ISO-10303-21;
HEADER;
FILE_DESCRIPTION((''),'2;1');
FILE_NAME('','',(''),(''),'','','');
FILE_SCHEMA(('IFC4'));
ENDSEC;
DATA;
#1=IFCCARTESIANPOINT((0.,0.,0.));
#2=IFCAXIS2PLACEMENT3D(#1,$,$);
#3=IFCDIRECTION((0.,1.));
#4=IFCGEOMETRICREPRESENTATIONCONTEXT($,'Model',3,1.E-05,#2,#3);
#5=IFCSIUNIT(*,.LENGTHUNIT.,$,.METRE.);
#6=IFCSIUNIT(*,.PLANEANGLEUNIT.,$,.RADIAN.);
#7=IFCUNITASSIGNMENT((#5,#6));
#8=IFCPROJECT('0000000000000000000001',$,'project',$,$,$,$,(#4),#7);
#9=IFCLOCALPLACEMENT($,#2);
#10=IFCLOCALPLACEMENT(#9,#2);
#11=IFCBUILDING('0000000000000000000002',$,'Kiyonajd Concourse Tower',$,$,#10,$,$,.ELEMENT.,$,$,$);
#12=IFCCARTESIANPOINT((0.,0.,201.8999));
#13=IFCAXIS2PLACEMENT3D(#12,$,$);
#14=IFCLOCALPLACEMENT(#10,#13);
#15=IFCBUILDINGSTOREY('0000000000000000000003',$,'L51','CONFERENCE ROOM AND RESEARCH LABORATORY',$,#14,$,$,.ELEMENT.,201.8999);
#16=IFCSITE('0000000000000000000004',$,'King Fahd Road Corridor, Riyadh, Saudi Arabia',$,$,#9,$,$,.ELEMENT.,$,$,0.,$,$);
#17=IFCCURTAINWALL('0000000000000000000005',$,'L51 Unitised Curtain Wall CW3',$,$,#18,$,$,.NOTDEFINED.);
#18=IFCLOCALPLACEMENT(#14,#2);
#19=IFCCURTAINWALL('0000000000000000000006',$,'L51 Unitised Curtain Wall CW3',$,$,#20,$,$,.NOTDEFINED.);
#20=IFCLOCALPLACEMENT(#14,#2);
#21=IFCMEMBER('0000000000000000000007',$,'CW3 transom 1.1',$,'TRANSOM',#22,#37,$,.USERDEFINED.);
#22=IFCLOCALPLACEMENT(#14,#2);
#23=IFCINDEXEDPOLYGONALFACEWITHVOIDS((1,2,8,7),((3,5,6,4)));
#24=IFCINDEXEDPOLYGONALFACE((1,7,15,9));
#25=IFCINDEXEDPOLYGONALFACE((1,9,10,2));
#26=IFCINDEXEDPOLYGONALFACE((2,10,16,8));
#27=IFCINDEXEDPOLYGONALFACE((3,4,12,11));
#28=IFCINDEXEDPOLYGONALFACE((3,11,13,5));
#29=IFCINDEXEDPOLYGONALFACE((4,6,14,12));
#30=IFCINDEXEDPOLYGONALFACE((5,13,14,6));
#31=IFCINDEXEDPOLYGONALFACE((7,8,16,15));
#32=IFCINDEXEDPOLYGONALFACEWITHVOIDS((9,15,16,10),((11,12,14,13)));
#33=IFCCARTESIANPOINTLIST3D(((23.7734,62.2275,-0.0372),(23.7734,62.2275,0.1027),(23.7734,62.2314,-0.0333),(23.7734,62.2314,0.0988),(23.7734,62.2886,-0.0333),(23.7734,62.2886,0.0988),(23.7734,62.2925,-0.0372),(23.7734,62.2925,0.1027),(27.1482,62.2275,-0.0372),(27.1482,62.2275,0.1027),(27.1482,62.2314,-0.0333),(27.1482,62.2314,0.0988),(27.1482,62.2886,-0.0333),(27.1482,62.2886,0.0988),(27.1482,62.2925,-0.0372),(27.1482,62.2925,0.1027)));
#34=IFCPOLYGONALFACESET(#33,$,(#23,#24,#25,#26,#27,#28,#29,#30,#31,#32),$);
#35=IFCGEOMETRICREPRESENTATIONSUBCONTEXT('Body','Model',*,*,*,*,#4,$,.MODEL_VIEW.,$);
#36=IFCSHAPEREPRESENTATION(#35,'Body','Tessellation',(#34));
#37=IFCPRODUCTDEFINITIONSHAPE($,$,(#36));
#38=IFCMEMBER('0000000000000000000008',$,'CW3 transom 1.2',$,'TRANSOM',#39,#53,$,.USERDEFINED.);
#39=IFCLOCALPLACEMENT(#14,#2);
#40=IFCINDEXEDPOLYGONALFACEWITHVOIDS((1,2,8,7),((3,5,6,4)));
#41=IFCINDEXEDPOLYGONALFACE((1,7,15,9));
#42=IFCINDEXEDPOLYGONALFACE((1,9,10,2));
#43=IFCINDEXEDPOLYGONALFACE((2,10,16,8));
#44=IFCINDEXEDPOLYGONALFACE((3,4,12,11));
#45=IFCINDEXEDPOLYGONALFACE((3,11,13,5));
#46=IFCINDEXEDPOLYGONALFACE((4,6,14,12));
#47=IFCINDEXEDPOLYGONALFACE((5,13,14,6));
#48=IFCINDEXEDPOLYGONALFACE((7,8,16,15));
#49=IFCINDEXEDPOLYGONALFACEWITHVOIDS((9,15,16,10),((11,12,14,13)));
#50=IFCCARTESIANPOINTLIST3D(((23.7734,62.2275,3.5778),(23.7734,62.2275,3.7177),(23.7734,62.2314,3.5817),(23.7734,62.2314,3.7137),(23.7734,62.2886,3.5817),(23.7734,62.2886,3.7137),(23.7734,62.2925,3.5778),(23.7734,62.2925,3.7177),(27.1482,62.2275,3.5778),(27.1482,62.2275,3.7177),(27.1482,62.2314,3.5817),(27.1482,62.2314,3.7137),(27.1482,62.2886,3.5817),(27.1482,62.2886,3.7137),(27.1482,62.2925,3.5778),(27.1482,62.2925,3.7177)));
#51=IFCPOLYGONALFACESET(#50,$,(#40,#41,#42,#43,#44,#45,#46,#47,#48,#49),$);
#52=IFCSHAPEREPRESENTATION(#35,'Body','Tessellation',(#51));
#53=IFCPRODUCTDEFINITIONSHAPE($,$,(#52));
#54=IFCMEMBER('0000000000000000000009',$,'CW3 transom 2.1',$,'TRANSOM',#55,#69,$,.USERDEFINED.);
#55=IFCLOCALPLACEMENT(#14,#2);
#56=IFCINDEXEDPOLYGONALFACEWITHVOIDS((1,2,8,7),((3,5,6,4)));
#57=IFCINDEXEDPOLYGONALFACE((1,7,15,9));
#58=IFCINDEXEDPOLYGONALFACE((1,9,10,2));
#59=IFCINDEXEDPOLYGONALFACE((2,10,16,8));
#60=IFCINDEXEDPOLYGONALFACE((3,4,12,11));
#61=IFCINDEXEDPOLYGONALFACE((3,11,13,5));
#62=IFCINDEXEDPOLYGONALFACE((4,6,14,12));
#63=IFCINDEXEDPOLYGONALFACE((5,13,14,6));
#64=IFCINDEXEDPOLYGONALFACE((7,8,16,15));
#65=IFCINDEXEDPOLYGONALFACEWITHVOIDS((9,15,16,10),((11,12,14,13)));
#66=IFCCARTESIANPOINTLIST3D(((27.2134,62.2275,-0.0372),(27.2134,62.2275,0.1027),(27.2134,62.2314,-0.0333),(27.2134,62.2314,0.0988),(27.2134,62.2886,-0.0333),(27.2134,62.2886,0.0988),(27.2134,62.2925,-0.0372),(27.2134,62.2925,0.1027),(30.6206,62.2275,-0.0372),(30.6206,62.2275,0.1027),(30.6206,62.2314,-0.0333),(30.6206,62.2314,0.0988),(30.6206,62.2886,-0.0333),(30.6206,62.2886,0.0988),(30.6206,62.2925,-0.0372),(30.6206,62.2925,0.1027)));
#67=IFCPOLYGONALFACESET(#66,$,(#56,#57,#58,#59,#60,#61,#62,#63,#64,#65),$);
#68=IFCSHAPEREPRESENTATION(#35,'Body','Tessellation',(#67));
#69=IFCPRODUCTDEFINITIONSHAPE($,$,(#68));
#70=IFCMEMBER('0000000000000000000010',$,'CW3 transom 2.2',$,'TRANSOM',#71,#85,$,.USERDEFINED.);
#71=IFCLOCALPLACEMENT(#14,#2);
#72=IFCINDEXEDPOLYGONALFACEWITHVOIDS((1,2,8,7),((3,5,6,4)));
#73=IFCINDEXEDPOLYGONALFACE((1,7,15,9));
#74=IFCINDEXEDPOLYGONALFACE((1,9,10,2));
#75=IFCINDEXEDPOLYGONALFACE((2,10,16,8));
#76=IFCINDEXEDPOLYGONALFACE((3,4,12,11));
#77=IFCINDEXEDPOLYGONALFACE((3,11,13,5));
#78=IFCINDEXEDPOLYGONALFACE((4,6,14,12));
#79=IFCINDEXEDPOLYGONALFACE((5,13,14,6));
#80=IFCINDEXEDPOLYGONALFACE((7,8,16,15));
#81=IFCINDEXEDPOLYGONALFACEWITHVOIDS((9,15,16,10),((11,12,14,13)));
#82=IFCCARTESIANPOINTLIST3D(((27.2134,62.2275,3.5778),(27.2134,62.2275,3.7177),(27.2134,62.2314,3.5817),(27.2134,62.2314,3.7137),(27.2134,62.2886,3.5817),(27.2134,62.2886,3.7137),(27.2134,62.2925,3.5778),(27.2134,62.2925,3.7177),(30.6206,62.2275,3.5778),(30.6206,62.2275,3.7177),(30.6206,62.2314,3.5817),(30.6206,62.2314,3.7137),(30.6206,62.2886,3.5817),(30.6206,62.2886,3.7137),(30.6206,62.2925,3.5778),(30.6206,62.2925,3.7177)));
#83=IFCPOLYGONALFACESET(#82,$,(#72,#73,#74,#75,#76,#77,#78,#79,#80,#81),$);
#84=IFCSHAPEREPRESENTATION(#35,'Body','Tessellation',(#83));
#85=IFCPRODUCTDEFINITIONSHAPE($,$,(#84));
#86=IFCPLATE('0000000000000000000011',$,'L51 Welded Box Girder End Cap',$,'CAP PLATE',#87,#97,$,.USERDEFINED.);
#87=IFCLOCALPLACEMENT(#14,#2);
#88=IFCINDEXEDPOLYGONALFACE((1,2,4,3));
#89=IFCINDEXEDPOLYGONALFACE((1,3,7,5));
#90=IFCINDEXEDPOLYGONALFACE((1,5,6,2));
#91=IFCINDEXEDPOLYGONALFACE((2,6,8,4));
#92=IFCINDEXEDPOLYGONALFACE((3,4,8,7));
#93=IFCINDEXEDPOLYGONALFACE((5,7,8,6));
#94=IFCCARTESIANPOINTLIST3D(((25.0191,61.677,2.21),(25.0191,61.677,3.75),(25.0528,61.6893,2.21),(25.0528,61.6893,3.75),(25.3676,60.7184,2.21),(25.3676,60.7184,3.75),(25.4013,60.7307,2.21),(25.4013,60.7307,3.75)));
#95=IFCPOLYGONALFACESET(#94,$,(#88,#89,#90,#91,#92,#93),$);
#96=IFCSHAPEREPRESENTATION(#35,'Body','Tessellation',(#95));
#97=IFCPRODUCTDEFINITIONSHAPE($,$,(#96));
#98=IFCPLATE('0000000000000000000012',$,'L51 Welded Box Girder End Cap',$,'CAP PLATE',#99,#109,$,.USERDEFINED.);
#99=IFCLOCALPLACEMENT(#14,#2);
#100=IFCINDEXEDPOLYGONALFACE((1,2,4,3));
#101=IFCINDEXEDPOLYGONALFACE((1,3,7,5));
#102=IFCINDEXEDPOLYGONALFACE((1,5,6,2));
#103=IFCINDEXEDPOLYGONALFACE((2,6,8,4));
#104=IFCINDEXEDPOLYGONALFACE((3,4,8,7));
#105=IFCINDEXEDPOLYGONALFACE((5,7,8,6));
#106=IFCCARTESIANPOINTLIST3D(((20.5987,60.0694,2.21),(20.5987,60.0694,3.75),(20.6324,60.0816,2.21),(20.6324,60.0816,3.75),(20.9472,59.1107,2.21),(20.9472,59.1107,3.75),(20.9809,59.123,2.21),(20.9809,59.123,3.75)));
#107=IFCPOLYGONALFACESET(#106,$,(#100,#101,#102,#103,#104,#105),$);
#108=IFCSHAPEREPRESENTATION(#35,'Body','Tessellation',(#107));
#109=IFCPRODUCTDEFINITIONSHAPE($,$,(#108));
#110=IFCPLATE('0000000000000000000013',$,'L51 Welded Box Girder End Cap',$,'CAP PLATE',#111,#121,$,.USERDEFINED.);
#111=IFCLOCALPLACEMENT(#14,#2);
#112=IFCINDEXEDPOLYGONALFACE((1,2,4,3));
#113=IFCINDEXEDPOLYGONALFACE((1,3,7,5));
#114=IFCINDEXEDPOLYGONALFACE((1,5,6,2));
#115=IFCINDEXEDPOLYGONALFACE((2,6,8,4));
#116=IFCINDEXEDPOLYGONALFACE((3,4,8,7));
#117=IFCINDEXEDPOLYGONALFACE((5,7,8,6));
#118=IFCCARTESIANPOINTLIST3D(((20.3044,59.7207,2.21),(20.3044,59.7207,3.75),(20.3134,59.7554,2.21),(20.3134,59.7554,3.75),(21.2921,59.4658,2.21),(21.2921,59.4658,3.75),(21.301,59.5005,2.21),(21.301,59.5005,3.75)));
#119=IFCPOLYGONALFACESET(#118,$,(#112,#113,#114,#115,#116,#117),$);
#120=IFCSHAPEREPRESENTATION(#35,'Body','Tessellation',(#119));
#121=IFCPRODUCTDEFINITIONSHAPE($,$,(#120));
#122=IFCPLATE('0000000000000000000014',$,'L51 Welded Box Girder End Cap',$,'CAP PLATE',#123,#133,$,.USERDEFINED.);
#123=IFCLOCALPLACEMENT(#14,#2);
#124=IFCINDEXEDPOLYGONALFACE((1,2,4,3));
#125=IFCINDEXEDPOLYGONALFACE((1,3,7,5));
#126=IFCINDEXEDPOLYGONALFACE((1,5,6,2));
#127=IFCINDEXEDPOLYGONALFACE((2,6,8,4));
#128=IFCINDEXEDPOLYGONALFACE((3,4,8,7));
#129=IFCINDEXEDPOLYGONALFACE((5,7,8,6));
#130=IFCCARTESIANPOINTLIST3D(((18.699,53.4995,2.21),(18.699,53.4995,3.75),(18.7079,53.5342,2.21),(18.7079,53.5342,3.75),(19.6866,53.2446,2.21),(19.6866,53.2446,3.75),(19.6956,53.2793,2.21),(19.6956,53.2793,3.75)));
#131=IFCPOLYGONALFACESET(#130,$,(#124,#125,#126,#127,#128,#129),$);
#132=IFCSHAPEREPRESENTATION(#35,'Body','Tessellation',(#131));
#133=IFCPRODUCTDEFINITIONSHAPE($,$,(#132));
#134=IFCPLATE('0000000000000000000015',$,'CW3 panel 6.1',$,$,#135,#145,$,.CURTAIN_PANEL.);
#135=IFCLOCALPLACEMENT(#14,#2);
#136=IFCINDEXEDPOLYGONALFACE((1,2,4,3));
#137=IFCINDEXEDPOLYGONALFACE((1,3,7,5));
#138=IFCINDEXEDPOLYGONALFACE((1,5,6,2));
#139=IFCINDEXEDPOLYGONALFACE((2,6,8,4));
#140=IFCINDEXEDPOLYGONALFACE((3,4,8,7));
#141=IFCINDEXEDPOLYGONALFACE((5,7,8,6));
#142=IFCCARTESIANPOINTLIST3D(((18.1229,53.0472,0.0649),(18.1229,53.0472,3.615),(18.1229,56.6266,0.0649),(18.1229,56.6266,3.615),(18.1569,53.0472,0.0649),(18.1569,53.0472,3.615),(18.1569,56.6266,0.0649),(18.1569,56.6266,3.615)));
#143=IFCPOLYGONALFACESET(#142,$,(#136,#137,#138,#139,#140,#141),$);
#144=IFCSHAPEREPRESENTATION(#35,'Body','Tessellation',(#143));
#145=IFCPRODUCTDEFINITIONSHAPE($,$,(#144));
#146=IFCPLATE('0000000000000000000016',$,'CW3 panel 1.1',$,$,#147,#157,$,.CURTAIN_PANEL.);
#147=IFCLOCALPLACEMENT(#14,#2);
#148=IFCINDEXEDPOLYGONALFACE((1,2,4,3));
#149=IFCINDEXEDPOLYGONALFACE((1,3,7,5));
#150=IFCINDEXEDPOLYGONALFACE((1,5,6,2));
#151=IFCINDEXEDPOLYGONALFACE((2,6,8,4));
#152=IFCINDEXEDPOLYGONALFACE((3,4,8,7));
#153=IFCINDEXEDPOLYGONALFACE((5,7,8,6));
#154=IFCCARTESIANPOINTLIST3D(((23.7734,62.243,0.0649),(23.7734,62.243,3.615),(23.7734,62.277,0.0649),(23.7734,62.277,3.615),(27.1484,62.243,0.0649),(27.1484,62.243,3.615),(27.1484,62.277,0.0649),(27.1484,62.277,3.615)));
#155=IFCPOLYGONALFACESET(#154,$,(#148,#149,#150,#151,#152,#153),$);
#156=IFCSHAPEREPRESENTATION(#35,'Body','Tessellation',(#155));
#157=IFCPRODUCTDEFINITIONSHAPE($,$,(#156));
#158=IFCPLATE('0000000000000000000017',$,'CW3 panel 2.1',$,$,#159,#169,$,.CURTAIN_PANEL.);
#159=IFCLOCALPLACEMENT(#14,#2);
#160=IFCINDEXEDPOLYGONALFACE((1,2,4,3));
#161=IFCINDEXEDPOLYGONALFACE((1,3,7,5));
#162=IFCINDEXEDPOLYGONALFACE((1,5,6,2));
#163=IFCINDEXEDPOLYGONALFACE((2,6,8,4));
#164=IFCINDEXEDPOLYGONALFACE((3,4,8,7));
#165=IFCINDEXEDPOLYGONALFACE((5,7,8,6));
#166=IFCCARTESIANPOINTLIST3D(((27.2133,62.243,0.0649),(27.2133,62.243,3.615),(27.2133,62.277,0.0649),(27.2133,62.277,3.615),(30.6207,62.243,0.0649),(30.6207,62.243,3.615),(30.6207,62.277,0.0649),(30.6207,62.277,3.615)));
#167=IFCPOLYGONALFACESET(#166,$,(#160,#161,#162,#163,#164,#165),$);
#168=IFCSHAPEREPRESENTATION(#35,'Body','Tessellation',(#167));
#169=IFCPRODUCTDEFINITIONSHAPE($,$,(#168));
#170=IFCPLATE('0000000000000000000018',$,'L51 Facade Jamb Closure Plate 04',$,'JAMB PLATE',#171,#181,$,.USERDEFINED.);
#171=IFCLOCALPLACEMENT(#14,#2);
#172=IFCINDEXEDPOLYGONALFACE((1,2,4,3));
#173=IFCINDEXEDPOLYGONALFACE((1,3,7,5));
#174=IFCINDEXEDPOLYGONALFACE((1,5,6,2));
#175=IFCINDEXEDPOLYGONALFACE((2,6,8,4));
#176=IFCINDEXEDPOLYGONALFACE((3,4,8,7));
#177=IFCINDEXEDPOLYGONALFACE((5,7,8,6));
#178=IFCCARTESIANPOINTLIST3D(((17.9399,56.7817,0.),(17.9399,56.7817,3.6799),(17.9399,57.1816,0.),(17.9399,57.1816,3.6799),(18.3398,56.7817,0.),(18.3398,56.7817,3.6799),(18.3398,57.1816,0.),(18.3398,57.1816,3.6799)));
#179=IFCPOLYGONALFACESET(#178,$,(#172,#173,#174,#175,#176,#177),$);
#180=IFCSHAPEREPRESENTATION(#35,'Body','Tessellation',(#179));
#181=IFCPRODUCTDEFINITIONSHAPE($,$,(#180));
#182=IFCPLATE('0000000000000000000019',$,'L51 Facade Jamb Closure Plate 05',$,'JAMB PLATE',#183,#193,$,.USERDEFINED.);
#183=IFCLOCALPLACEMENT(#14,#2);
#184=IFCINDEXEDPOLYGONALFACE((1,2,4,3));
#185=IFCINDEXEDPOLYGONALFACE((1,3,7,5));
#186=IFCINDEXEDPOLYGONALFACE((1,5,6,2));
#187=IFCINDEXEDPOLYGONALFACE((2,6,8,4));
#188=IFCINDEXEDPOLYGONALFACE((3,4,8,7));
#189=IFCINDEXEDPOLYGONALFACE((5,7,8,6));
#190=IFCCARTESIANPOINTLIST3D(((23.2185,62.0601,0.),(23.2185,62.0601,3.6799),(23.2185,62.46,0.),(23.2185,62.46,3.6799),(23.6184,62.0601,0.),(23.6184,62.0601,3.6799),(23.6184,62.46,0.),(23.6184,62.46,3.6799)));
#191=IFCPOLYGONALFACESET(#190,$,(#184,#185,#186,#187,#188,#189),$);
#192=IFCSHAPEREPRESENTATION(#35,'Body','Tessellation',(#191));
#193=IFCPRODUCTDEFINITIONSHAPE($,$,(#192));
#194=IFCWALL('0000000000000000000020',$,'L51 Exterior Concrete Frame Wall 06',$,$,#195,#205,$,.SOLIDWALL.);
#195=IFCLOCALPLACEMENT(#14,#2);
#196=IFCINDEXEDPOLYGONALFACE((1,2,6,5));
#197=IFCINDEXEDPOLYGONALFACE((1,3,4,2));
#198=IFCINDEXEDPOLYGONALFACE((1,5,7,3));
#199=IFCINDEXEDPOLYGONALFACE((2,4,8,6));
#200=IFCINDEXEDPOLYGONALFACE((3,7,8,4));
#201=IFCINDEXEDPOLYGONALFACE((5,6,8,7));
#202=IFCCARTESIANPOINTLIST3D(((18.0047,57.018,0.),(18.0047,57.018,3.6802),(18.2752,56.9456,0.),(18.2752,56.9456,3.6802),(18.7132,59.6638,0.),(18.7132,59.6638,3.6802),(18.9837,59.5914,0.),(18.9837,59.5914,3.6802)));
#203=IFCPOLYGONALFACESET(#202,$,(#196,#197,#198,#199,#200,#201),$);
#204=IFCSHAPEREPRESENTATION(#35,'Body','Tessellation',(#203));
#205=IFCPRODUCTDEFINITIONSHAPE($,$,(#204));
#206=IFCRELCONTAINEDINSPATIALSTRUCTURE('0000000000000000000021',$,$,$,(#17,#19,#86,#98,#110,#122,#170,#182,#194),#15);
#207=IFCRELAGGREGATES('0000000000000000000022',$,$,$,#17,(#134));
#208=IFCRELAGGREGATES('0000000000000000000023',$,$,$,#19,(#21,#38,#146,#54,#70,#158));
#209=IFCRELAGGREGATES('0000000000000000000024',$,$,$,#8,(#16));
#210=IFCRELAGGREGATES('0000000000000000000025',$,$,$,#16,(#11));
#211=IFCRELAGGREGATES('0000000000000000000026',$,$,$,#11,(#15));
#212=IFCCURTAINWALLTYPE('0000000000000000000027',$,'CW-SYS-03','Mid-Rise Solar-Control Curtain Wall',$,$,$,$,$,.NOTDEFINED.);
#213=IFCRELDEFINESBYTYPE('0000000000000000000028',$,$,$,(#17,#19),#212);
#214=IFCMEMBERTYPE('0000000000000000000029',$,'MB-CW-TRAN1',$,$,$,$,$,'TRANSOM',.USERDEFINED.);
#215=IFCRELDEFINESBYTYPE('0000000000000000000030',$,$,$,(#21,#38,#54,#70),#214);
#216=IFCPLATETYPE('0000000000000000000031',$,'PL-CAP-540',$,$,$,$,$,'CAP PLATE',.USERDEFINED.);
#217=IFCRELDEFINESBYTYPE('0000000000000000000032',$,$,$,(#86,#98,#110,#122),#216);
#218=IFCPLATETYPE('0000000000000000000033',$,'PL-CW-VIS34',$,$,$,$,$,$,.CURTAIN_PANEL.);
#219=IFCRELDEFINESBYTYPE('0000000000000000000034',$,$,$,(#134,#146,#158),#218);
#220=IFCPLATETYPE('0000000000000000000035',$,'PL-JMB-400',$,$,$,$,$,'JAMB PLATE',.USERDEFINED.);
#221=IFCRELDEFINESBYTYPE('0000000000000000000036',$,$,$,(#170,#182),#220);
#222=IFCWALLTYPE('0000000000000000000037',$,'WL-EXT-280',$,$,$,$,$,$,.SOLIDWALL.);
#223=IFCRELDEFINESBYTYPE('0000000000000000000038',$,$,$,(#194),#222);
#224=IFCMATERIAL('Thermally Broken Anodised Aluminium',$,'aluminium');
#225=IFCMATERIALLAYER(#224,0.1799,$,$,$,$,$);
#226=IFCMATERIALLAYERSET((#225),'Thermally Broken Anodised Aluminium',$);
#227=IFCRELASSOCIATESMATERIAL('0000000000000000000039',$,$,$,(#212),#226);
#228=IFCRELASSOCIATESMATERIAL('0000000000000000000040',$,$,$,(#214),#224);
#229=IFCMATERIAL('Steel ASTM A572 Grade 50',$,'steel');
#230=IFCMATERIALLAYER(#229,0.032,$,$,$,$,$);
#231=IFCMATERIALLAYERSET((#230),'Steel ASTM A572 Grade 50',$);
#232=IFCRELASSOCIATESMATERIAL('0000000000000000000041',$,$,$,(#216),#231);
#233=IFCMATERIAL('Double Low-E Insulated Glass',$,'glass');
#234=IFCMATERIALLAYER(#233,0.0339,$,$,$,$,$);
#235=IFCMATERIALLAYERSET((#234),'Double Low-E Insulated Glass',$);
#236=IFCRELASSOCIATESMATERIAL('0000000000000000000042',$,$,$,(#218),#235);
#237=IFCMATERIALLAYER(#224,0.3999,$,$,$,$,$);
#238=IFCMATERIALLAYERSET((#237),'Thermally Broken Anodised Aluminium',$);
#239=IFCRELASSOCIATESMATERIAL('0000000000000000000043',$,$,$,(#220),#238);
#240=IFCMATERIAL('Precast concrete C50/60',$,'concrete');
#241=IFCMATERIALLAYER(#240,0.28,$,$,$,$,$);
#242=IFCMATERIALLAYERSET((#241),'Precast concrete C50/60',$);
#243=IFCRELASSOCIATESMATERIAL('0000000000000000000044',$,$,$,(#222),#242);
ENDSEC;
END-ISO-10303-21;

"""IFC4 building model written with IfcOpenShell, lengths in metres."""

from ifc_helpers import new_model, si_unit, direction, frame, frame_2d, origin, origin_2d, place, context, subcontext, project, spatial, rectangle, hollow_rectangle, extrude, material, layer, layer_set, material_profile, profile_set, type_object, element, aggregate, save


model = new_model("IFC4")

# Units and contexts
model_context = context("Model", 3, precision=1e-05, world=origin(), true_north=direction((0.0, 1.0)))
body_context = subcontext(model_context, "Body", "Model", "MODEL_VIEW")
ifc_project = project(units=[si_unit("LENGTHUNIT", "METRE"), si_unit("PLANEANGLEUNIT", "RADIAN")], contexts=[model_context])

# Site, building, storey
site_placement = place(None, origin())
site = spatial("IfcSite", under=ifc_project, at=site_placement, Name="King Fahd Road Corridor, Riyadh, Saudi Arabia", CompositionType="ELEMENT", RefElevation=0.0)
building_placement = place(site_placement, origin())
building = spatial("IfcBuilding", under=site, at=building_placement, Name="Kiyonajd Concourse Tower", CompositionType="ELEMENT")
storey_placement = place(building_placement, frame((0.0, 0.0, 201.8999)))
storey = spatial("IfcBuildingStorey", under=building, at=storey_placement, Name="L51", Description="CONFERENCE ROOM AND RESEARCH LABORATORY", CompositionType="ELEMENT", Elevation=201.8999)

# Shared definitions
ifc_material_1 = material(Name="Steel ASTM A572 Grade 50", Category="steel")

# Curtain wall
ifc_material_2 = material(Name="Thermally Broken Anodised Aluminium", Category="aluminium")
ifc_layer_1 = layer(ifc_material_2, 0.1799)
ifc_layer_set_1 = layer_set([ifc_layer_1], Name="Thermally Broken Anodised Aluminium")
curtain_wall_type = type_object("IfcCurtainWallType", Name="CW-SYS-03", Description="Mid-Rise Solar-Control Curtain Wall", PredefinedType="NOTDEFINED", material=ifc_layer_set_1)
curtain_wall_1_placement = place(storey_placement, origin())
curtain_wall_1 = element("IfcCurtainWall", 1, at=curtain_wall_1_placement, inside=storey, type_object=curtain_wall_type, Name="L51 Unitised Curtain Wall CW3", PredefinedType="NOTDEFINED")

# Curtain wall, members
curtain_wall_2_placement = place(storey_placement, origin())
curtain_wall_2 = element("IfcCurtainWall", 2, at=curtain_wall_2_placement, inside=storey, type_object=curtain_wall_type, Name="L51 Unitised Curtain Wall CW3", PredefinedType="NOTDEFINED")
ifc_material_profile_1 = material_profile(ifc_material_2, hollow_rectangle(XDim=0.0649, YDim=0.1399, WallThickness=0.0039, at=origin_2d()), Name="TRAN-65x140")
ifc_profile_set_1 = profile_set([ifc_material_profile_1], Name="Thermally Broken Anodised Aluminium")
member_type_1 = type_object("IfcMemberType", Name="MB-CW-TRAN1", ElementType="TRANSOM", PredefinedType="USERDEFINED", material=ifc_profile_set_1)
member_1_placement = place(storey_placement, frame((23.7734, 62.26, 0.0327), z_axis=(1.0, 0.0, 0.0), x_axis=(0.0, 1.0, 0.0)))
member_1 = element("IfcMember", 3, at=member_1_placement, type_object=member_type_1, Name="CW3 transom 1.1", ObjectType="TRANSOM", PredefinedType="USERDEFINED", context=body_context, shape_type="SweptSolid", body=[
    extrude(hollow_rectangle(XDim=0.0649, YDim=0.1399, WallThickness=0.0039, at=origin_2d()), origin(), (0.0, 0.0, 1.0), 3.3748),
])
member_2_placement = place(storey_placement, frame((23.7734, 62.26, 3.6477), z_axis=(1.0, 0.0, 0.0), x_axis=(0.0, 1.0, 0.0)))
member_2 = element("IfcMember", 4, at=member_2_placement, type_object=member_type_1, Name="CW3 transom 1.2", ObjectType="TRANSOM", PredefinedType="USERDEFINED", context=body_context, shape_type="SweptSolid", body=[
    extrude(hollow_rectangle(XDim=0.0649, YDim=0.1399, WallThickness=0.0039, at=origin_2d()), origin(), (0.0, 0.0, 1.0), 3.3748),
])
member_3_placement = place(storey_placement, frame((27.2134, 62.26, 0.0327), z_axis=(1.0, 0.0, 0.0), x_axis=(0.0, 1.0, 0.0)))
member_3 = element("IfcMember", 5, at=member_3_placement, type_object=member_type_1, Name="CW3 transom 2.1", ObjectType="TRANSOM", PredefinedType="USERDEFINED", context=body_context, shape_type="SweptSolid", body=[
    extrude(hollow_rectangle(XDim=0.0649, YDim=0.1399, WallThickness=0.0039, at=origin_2d()), origin(), (0.0, 0.0, 1.0), 3.4072),
])
member_4_placement = place(storey_placement, frame((27.2134, 62.26, 3.6477), z_axis=(1.0, 0.0, 0.0), x_axis=(0.0, 1.0, 0.0)))
member_4 = element("IfcMember", 6, at=member_4_placement, type_object=member_type_1, Name="CW3 transom 2.2", ObjectType="TRANSOM", PredefinedType="USERDEFINED", context=body_context, shape_type="SweptSolid", body=[
    extrude(hollow_rectangle(XDim=0.0649, YDim=0.1399, WallThickness=0.0039, at=origin_2d()), origin(), (0.0, 0.0, 1.0), 3.4072),
])

# Plates
ifc_layer_2 = layer(ifc_material_1, 0.032)
ifc_layer_set_2 = layer_set([ifc_layer_2], Name="Steel ASTM A572 Grade 50")
plate_type_1 = type_object("IfcPlateType", Name="PL-CAP-540", ElementType="CAP PLATE", PredefinedType="USERDEFINED", material=ifc_layer_set_2)
for number, where, z_axis, x_axis, name in (
    (7, (25.2102, 61.2039, 2.21), (0.0, 0.0, 1.0), (0.939812, 0.341692, 0.0), "L51 Welded Box Girder End Cap"),
    (8, (20.7898, 59.5962, 2.21), (0.0, 0.0, 1.0), (-0.939812, -0.341692, 0.0), "L51 Welded Box Girder End Cap"),
    (9, (20.8027, 59.6106, 2.21), (0.0, 0.0, 1.0), (0.249873, 0.968279, 0.0), "L51 Welded Box Girder End Cap"),
    (10, (19.1973, 53.3894, 2.21), (0.0, 0.0, 1.0), (-0.249873, -0.968279, 0.0), "L51 Welded Box Girder End Cap"),
):
    element("IfcPlate", number, at=place(storey_placement, frame(where, z_axis=z_axis, x_axis=x_axis)), inside=storey, type_object=plate_type_1, Name=name, ObjectType="CAP PLATE", PredefinedType="USERDEFINED", context=body_context, shape_type="SweptSolid", body=[
        extrude(rectangle(XDim=0.0359, YDim=1.02, at=origin_2d()), origin(), (0.0, 0.0, 1.0), 1.54),
    ])

# Plates
ifc_material_3 = material(Name="Double Low-E Insulated Glass", Category="glass")
ifc_layer_3 = layer(ifc_material_3, 0.0339)
ifc_layer_set_3 = layer_set([ifc_layer_3], Name="Double Low-E Insulated Glass")
plate_type_2 = type_object("IfcPlateType", Name="PL-CW-VIS34", PredefinedType="CURTAIN_PANEL", material=ifc_layer_set_3)
plate_1_placement = place(storey_placement, frame((18.1399, 54.8369, 0.0649), z_axis=(0.0, 0.0, 1.0), x_axis=(0.0, 1.0, 0.0)))
plate_1 = element("IfcPlate", 11, at=plate_1_placement, type_object=plate_type_2, Name="CW3 panel 6.1", PredefinedType="CURTAIN_PANEL", context=body_context, shape_type="SweptSolid", body=[
    extrude(rectangle(XDim=3.5793, YDim=0.0339, at=origin_2d()), origin(), (0.0, 0.0, 1.0), 3.55),
])
aggregate(curtain_wall_1, [plate_1])
plate_2_placement = place(storey_placement, frame((25.4609, 62.26, 0.0649), z_axis=(0.0, 0.0, 1.0), x_axis=(1.0, 0.0, 0.0)))
plate_2 = element("IfcPlate", 12, at=plate_2_placement, type_object=plate_type_2, Name="CW3 panel 1.1", PredefinedType="CURTAIN_PANEL", context=body_context, shape_type="SweptSolid", body=[
    extrude(rectangle(XDim=3.375, YDim=0.0339, at=origin_2d()), origin(), (0.0, 0.0, 1.0), 3.55),
])
plate_3_placement = place(storey_placement, frame((28.917, 62.26, 0.0649), z_axis=(0.0, 0.0, 1.0), x_axis=(1.0, 0.0, 0.0)))
plate_3 = element("IfcPlate", 13, at=plate_3_placement, type_object=plate_type_2, Name="CW3 panel 2.1", PredefinedType="CURTAIN_PANEL", context=body_context, shape_type="SweptSolid", body=[
    extrude(rectangle(XDim=3.4075, YDim=0.0339, at=origin_2d()), origin(), (0.0, 0.0, 1.0), 3.55),
])
aggregate(curtain_wall_2, [member_1, member_2, plate_2, member_3, member_4, plate_3])

# Plates
ifc_layer_4 = layer(ifc_material_2, 0.3999)
ifc_layer_set_4 = layer_set([ifc_layer_4], Name="Thermally Broken Anodised Aluminium")
plate_type_3 = type_object("IfcPlateType", Name="PL-JMB-400", ElementType="JAMB PLATE", PredefinedType="USERDEFINED", material=ifc_layer_set_4)
for number, where, z_axis, x_axis, name in (
    (14, (18.1399, 56.9817, 0.0), (0.0, 0.0, 1.0), (1.0, 0.0, 0.0), "L51 Facade Jamb Closure Plate 04"),
    (15, (23.4185, 62.26, 0.0), (0.0, 0.0, 1.0), (1.0, 0.0, 0.0), "L51 Facade Jamb Closure Plate 05"),
):
    element("IfcPlate", number, at=place(storey_placement, frame(where, z_axis=z_axis, x_axis=x_axis)), inside=storey, type_object=plate_type_3, Name=name, ObjectType="JAMB PLATE", PredefinedType="USERDEFINED", context=body_context, shape_type="SweptSolid", body=[
        extrude(rectangle(XDim=0.3999, YDim=0.3999, at=origin_2d()), origin(), (0.0, 0.0, 1.0), 3.6799),
    ])

# Wall
ifc_material_4 = material(Name="Precast concrete C50/60", Category="concrete")
ifc_layer_5 = layer(ifc_material_4, 0.28)
ifc_layer_set_5 = layer_set([ifc_layer_5], Name="Precast concrete C50/60")
wall_type = type_object("IfcWallType", Name="WL-EXT-280", PredefinedType="SOLIDWALL", material=ifc_layer_set_5)
wall_1_placement = place(storey_placement, frame((18.1399, 56.9817, 0.0), z_axis=(0.0, 0.0, 1.0), x_axis=(0.258672, 0.965965, 0.0)))
element("IfcWall", 16, at=wall_1_placement, inside=storey, type_object=wall_type, Name="L51 Exterior Concrete Frame Wall 06", PredefinedType="SOLIDWALL", context=body_context, shape_type="SweptSolid", body=[
    extrude(rectangle(XDim=2.739, YDim=0.28, at=frame_2d((1.3696, 0.0))), origin(), (0.0, 0.0, 1.0), 3.6802),
])

save(model, "model.ifc")
